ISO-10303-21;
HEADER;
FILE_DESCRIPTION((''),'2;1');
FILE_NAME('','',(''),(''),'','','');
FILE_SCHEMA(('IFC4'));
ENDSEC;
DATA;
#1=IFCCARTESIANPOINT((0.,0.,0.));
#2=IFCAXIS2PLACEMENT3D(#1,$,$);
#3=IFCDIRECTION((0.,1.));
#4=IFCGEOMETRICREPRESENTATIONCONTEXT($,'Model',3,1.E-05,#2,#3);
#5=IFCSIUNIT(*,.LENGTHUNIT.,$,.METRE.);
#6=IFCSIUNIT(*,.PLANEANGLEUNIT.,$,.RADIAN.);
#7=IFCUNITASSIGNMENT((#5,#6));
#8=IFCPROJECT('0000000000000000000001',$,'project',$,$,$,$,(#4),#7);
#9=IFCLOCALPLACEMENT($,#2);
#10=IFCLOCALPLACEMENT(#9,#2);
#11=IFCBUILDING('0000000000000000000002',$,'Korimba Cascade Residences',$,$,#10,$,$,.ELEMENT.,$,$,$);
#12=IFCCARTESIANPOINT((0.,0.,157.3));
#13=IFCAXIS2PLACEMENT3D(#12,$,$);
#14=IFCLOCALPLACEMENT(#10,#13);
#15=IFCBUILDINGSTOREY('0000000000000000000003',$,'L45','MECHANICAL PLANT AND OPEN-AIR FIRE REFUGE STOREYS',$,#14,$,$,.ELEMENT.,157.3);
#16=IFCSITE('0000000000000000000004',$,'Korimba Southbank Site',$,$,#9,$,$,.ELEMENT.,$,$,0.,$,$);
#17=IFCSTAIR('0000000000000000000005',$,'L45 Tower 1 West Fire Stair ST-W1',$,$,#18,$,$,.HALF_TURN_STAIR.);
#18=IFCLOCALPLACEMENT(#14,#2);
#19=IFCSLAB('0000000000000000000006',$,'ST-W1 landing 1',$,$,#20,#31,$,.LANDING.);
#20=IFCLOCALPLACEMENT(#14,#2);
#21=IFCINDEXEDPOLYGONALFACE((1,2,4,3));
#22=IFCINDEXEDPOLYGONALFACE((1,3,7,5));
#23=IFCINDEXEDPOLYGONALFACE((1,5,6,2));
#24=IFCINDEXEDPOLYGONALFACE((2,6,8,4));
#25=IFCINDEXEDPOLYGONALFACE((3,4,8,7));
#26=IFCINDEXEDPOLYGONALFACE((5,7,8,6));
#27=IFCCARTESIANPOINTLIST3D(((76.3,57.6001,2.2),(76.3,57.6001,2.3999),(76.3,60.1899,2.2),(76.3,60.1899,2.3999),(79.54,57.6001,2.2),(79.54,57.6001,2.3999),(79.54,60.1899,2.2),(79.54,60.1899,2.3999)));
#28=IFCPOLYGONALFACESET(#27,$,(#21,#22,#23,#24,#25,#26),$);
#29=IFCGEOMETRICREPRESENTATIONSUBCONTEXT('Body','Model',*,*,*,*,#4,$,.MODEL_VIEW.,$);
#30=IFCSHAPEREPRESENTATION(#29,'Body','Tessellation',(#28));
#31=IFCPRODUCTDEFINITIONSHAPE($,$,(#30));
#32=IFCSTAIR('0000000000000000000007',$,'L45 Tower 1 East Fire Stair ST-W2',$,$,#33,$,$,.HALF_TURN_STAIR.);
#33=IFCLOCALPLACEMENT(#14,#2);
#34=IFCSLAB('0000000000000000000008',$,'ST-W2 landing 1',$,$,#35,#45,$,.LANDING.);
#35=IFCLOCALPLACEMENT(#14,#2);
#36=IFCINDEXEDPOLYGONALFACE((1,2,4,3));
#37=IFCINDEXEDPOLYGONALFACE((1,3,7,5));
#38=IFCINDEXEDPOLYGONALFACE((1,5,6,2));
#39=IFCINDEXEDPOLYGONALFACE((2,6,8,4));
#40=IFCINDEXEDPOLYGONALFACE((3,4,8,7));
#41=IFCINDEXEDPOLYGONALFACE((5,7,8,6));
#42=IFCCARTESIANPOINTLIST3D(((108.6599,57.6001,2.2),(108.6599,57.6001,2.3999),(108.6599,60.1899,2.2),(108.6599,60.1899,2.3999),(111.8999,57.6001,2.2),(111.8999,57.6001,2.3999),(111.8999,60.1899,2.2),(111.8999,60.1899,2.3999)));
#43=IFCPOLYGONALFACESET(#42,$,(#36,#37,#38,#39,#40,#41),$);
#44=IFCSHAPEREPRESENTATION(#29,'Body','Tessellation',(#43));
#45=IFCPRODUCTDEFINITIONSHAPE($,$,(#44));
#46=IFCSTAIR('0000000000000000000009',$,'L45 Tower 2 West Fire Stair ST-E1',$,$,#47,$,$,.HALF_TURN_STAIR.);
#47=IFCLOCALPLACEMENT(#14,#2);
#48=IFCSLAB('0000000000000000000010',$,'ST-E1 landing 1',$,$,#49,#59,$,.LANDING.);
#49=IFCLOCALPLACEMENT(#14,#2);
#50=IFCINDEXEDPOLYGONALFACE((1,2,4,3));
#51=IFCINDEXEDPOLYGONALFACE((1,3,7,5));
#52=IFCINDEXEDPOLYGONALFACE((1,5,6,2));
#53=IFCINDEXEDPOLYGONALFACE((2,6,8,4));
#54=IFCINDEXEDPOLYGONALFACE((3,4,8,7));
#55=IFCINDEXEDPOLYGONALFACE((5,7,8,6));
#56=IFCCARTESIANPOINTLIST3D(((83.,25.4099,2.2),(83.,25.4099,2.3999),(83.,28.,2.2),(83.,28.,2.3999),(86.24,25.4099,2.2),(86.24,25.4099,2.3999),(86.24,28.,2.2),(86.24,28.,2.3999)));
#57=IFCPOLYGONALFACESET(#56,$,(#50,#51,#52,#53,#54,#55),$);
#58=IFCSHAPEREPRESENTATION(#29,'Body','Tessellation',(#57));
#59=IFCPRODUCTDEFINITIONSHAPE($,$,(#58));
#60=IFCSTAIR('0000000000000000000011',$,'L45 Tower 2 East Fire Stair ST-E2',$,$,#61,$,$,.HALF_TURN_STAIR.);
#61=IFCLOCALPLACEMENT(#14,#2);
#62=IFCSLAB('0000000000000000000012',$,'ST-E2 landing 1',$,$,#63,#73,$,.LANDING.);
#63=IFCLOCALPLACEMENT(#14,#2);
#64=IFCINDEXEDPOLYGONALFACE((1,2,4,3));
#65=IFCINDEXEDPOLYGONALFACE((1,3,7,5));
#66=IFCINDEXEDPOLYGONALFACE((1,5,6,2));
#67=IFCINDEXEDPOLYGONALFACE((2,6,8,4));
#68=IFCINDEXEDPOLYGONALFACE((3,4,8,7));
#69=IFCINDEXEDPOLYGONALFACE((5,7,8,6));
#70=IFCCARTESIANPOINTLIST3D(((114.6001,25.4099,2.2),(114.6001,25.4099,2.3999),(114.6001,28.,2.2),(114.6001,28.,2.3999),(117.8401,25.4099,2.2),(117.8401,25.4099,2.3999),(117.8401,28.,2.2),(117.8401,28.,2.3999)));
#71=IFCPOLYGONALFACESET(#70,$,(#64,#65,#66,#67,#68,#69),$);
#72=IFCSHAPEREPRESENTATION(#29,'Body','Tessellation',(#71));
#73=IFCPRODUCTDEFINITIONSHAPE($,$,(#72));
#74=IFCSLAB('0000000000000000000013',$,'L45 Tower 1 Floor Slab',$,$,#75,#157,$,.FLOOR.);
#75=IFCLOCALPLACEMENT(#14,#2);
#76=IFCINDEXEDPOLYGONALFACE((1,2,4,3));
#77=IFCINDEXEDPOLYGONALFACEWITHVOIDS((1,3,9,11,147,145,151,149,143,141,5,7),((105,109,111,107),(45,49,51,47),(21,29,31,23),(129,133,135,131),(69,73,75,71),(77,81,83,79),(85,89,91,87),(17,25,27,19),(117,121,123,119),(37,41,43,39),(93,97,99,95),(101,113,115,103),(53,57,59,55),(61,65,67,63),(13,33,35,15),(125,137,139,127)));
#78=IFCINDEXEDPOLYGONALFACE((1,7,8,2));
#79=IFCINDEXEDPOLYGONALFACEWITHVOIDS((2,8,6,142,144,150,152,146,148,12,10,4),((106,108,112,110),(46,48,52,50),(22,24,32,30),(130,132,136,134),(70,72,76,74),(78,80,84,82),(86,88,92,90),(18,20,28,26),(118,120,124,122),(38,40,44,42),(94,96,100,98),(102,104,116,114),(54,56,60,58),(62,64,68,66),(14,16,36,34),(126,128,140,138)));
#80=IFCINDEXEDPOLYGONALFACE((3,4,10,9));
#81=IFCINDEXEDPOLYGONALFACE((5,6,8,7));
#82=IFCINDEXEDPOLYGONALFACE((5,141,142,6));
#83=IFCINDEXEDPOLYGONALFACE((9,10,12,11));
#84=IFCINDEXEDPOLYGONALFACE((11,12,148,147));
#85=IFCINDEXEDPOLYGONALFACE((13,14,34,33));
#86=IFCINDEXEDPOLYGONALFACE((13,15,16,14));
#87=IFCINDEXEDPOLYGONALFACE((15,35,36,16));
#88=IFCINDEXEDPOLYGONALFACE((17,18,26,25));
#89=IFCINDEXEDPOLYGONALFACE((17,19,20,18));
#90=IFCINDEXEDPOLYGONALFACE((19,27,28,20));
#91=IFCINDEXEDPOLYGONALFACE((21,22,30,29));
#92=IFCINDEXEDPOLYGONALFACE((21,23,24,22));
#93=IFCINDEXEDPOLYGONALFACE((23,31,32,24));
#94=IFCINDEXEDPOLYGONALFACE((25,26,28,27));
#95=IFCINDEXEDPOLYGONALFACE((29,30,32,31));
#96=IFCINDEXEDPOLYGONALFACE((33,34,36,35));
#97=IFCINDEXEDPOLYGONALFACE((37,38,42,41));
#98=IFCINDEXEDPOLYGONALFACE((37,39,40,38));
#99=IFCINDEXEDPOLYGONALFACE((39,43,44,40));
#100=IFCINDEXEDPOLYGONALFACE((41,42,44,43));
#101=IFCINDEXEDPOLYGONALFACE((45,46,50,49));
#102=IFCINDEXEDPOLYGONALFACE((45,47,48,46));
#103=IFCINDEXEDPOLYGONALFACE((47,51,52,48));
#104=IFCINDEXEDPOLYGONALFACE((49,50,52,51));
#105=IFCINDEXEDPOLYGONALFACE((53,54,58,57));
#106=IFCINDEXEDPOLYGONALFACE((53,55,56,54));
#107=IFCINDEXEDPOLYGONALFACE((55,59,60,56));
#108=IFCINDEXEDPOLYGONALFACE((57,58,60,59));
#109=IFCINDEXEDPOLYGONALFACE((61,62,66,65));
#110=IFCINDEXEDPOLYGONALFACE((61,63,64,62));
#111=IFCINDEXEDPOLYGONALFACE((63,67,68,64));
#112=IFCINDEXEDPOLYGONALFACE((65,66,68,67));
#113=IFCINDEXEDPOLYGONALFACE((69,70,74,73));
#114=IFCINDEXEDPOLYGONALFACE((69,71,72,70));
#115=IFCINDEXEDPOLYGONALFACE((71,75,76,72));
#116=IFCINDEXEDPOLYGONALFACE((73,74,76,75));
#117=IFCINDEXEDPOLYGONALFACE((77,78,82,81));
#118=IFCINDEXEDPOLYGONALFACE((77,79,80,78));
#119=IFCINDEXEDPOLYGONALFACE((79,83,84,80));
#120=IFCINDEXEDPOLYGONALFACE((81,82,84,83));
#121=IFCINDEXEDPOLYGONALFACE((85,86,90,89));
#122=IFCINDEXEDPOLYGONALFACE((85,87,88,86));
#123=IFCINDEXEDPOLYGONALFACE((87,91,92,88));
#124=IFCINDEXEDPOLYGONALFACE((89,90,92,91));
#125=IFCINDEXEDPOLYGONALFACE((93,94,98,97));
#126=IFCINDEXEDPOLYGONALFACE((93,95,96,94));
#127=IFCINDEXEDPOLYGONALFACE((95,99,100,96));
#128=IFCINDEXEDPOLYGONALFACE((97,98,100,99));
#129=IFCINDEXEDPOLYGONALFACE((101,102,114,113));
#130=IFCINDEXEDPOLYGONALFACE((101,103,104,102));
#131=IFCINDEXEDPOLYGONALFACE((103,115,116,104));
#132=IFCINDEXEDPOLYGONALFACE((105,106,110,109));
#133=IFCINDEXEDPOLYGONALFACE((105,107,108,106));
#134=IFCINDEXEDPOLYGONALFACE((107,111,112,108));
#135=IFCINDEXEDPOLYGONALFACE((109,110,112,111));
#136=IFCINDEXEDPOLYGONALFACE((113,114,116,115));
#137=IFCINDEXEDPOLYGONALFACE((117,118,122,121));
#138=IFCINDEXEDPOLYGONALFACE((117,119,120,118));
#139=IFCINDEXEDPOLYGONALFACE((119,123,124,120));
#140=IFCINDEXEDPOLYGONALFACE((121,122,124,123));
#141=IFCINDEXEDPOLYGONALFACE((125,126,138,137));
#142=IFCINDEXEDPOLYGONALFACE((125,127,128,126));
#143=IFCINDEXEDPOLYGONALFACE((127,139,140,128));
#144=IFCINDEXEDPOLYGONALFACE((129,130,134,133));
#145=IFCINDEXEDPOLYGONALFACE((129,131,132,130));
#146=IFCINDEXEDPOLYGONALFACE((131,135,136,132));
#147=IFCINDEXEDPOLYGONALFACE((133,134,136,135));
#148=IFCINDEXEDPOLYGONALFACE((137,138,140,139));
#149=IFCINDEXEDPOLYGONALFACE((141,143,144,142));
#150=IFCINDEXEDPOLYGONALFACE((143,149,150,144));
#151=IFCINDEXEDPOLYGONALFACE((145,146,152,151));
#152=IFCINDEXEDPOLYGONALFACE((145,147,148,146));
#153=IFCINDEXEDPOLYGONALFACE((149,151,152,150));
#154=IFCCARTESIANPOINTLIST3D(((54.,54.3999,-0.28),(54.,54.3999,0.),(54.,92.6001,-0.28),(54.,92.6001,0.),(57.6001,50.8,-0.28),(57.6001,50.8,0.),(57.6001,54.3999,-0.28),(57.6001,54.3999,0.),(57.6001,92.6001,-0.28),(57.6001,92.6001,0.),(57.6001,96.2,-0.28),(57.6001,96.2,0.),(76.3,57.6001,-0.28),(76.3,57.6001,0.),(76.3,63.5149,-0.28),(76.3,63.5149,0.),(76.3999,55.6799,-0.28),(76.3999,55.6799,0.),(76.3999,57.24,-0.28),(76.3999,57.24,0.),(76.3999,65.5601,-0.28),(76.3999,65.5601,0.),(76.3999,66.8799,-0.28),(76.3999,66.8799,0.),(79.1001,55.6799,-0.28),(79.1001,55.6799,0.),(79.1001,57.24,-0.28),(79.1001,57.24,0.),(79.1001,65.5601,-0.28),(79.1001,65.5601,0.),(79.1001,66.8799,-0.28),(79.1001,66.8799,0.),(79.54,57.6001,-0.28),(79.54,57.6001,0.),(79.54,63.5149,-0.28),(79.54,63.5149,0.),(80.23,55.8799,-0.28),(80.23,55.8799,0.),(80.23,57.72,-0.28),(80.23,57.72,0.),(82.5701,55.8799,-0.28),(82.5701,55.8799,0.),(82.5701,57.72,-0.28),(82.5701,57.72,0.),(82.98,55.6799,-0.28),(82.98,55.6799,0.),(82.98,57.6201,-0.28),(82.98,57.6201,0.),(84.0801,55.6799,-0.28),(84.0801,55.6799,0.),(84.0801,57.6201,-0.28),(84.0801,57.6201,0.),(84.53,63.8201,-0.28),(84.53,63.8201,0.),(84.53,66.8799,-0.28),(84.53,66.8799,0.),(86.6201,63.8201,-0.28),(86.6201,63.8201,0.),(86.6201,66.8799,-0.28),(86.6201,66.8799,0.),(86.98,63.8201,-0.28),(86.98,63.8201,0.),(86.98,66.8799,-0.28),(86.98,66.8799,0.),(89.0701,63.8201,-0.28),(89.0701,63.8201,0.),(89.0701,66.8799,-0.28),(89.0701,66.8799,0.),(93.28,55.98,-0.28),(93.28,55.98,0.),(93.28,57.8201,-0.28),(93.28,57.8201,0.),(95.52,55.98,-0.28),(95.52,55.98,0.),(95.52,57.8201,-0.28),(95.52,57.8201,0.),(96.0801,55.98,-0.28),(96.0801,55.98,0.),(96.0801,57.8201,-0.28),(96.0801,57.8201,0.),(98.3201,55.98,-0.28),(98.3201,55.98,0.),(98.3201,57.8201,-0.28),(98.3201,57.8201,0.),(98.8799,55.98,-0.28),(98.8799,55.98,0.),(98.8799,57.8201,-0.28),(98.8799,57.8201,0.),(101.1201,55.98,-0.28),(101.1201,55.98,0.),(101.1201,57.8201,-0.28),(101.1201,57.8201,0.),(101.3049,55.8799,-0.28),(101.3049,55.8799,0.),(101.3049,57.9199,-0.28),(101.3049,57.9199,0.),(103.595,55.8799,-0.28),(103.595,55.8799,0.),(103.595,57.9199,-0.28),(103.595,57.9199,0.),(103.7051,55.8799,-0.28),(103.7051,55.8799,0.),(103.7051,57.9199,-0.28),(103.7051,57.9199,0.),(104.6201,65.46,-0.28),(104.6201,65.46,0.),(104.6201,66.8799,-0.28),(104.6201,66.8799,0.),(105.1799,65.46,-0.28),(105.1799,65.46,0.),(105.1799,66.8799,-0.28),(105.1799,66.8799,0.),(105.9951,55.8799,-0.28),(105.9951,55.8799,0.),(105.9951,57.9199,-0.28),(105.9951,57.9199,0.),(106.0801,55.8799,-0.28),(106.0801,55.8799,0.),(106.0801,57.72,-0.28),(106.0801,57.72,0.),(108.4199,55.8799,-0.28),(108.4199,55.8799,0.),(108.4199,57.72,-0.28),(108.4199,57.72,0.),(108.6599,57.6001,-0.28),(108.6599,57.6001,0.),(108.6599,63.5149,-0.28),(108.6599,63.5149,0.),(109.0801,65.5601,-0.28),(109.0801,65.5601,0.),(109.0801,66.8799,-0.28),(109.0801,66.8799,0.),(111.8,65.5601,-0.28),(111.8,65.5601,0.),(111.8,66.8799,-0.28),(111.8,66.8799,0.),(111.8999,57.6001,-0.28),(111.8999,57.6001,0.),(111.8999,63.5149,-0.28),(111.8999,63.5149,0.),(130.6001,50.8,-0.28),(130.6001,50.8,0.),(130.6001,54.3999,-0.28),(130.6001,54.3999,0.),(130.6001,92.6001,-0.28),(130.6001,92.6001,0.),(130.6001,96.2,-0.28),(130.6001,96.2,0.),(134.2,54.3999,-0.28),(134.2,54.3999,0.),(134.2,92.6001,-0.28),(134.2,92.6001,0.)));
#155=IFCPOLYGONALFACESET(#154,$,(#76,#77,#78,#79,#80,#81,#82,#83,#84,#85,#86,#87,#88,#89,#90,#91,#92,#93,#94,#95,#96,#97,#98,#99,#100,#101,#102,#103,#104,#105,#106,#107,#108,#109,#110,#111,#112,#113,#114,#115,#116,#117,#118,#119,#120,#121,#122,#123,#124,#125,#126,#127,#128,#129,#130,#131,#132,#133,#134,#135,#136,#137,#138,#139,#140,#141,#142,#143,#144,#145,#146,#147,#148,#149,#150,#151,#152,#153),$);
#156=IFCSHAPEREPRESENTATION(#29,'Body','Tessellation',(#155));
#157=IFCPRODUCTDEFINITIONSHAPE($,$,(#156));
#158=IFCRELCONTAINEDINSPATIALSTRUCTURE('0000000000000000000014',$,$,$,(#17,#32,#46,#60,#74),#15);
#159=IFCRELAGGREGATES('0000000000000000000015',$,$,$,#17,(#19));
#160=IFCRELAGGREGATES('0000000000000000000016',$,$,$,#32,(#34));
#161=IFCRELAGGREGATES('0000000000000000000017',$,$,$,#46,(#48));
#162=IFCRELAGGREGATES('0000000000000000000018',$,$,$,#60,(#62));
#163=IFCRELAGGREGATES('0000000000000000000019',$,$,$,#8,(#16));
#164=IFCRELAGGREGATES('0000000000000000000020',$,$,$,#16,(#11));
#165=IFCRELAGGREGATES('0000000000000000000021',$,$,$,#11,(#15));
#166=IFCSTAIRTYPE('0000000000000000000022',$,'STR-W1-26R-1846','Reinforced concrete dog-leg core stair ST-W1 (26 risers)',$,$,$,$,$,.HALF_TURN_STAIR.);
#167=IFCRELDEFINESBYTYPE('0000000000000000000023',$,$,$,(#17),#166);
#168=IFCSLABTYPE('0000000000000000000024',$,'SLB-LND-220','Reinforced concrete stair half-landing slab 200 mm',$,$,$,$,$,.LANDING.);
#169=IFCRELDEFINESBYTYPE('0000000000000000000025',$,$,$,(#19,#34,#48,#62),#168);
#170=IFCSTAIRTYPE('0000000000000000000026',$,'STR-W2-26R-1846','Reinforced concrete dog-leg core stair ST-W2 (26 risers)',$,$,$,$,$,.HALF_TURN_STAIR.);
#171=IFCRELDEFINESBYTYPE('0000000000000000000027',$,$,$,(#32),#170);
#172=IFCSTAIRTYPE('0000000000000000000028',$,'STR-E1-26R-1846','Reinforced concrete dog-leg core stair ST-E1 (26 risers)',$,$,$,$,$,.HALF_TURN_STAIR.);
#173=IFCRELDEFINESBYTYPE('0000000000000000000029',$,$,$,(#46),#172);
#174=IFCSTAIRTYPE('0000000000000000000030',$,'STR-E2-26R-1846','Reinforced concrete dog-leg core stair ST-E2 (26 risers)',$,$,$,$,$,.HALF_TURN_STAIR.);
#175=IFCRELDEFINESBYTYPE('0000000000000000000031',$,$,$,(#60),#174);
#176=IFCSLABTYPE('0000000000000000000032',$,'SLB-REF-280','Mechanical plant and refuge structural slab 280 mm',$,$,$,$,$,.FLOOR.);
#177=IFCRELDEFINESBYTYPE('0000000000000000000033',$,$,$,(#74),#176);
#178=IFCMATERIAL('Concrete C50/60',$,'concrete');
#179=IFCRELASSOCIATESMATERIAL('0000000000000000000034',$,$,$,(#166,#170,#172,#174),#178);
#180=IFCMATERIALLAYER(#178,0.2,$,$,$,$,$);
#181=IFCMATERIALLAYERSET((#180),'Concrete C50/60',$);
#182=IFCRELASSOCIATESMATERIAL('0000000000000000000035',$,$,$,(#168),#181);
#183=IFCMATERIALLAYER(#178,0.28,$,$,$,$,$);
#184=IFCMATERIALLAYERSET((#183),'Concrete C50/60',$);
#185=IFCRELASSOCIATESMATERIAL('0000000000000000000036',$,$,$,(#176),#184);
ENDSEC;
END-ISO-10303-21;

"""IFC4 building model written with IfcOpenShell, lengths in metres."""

from ifc_helpers import new_model, si_unit, direction, frame, origin, place, context, subcontext, project, spatial, polyline, outline, extrude, material, layer, layer_set, type_object, element, aggregate, save


model = new_model("IFC4")

# Units and contexts
model_context = context("Model", 3, precision=1e-05, world=origin(), true_north=direction((0.0, 1.0)))
body_context = subcontext(model_context, "Body", "Model", "MODEL_VIEW")
ifc_project = project(units=[si_unit("LENGTHUNIT", "METRE"), si_unit("PLANEANGLEUNIT", "RADIAN")], contexts=[model_context])

# Site, building, storey
site_placement = place(None, origin())
site = spatial("IfcSite", under=ifc_project, at=site_placement, Name="Korimba Southbank Site", CompositionType="ELEMENT", RefElevation=0.0)
building_placement = place(site_placement, origin())
building = spatial("IfcBuilding", under=site, at=building_placement, Name="Korimba Cascade Residences", CompositionType="ELEMENT")
storey_placement = place(building_placement, frame((0.0, 0.0, 157.3)))
storey = spatial("IfcBuildingStorey", under=building, at=storey_placement, Name="L45", Description="MECHANICAL PLANT AND OPEN-AIR FIRE REFUGE STOREYS", CompositionType="ELEMENT", Elevation=157.3)

# Stairs, slabs
ifc_material_1 = material(Name="Concrete C50/60", Category="concrete")
stair_type_1 = type_object("IfcStairType", Name="STR-W1-26R-1846", Description="Reinforced concrete dog-leg core stair ST-W1 (26 risers)", PredefinedType="HALF_TURN_STAIR", material=ifc_material_1)
stair_1_placement = place(storey_placement, origin())
stair_1 = element("IfcStair", 1, at=stair_1_placement, inside=storey, type_object=stair_type_1, Name="L45 Tower 1 West Fire Stair ST-W1", PredefinedType="HALF_TURN_STAIR")
ifc_layer_1 = layer(ifc_material_1, 0.2)
ifc_layer_set_1 = layer_set([ifc_layer_1], Name="Concrete C50/60")
slab_type_1 = type_object("IfcSlabType", Name="SLB-LND-220", Description="Reinforced concrete stair half-landing slab 200 mm", PredefinedType="LANDING", material=ifc_layer_set_1)
slab_1_placement = place(storey_placement, frame((0.0, 0.0, 2.2)))
slab_1 = element("IfcSlab", 2, at=slab_1_placement, type_object=slab_type_1, Name="ST-W1 landing 1", PredefinedType="LANDING", context=body_context, shape_type="SweptSolid", body=[
    extrude(outline(polyline([(76.3, 60.1899), (76.3, 57.6001), (79.54, 57.6001), (79.54, 60.1899), (76.3, 60.1899)])), origin(), (0.0, 0.0, 1.0), 0.2),
])
aggregate(stair_1, [slab_1])
stair_type_2 = type_object("IfcStairType", Name="STR-W2-26R-1846", Description="Reinforced concrete dog-leg core stair ST-W2 (26 risers)", PredefinedType="HALF_TURN_STAIR", material=ifc_material_1)
stair_2_placement = place(storey_placement, origin())
stair_2 = element("IfcStair", 3, at=stair_2_placement, inside=storey, type_object=stair_type_2, Name="L45 Tower 1 East Fire Stair ST-W2", PredefinedType="HALF_TURN_STAIR")
slab_2_placement = place(storey_placement, frame((0.0, 0.0, 2.2)))
slab_2 = element("IfcSlab", 4, at=slab_2_placement, type_object=slab_type_1, Name="ST-W2 landing 1", PredefinedType="LANDING", context=body_context, shape_type="SweptSolid", body=[
    extrude(outline(polyline([(108.6599, 60.1899), (108.6599, 57.6001), (111.8999, 57.6001), (111.8999, 60.1899), (108.6599, 60.1899)])), origin(), (0.0, 0.0, 1.0), 0.2),
])
aggregate(stair_2, [slab_2])
stair_type_3 = type_object("IfcStairType", Name="STR-E1-26R-1846", Description="Reinforced concrete dog-leg core stair ST-E1 (26 risers)", PredefinedType="HALF_TURN_STAIR", material=ifc_material_1)
stair_3_placement = place(storey_placement, origin())
stair_3 = element("IfcStair", 5, at=stair_3_placement, inside=storey, type_object=stair_type_3, Name="L45 Tower 2 West Fire Stair ST-E1", PredefinedType="HALF_TURN_STAIR")
slab_3_placement = place(storey_placement, frame((0.0, 0.0, 2.2)))
slab_3 = element("IfcSlab", 6, at=slab_3_placement, type_object=slab_type_1, Name="ST-E1 landing 1", PredefinedType="LANDING", context=body_context, shape_type="SweptSolid", body=[
    extrude(outline(polyline([(86.24, 25.4099), (86.24, 28.0), (83.0, 28.0), (83.0, 25.4099), (86.24, 25.4099)])), origin(), (0.0, 0.0, 1.0), 0.2),
])
aggregate(stair_3, [slab_3])
stair_type_4 = type_object("IfcStairType", Name="STR-E2-26R-1846", Description="Reinforced concrete dog-leg core stair ST-E2 (26 risers)", PredefinedType="HALF_TURN_STAIR", material=ifc_material_1)
stair_4_placement = place(storey_placement, origin())
stair_4 = element("IfcStair", 7, at=stair_4_placement, inside=storey, type_object=stair_type_4, Name="L45 Tower 2 East Fire Stair ST-E2", PredefinedType="HALF_TURN_STAIR")
slab_4_placement = place(storey_placement, frame((0.0, 0.0, 2.2)))
slab_4 = element("IfcSlab", 8, at=slab_4_placement, type_object=slab_type_1, Name="ST-E2 landing 1", PredefinedType="LANDING", context=body_context, shape_type="SweptSolid", body=[
    extrude(outline(polyline([(117.8401, 25.4099), (117.8401, 28.0), (114.6001, 28.0), (114.6001, 25.4099), (117.8401, 25.4099)])), origin(), (0.0, 0.0, 1.0), 0.2),
])
aggregate(stair_4, [slab_4])

# Slab
ifc_layer_2 = layer(ifc_material_1, 0.28)
ifc_layer_set_2 = layer_set([ifc_layer_2], Name="Concrete C50/60")
slab_type_2 = type_object("IfcSlabType", Name="SLB-REF-280", Description="Mechanical plant and refuge structural slab 280 mm", PredefinedType="FLOOR", material=ifc_layer_set_2)
slab_5_placement = place(storey_placement, frame((0.0, 0.0, -0.28)))
element("IfcSlab", 9, at=slab_5_placement, inside=storey, type_object=slab_type_2, Name="L45 Tower 1 Floor Slab", PredefinedType="FLOOR", context=body_context, shape_type="SweptSolid", body=[
    extrude(outline(polyline([(57.6001, 50.8), (130.6001, 50.8), (130.6001, 54.3999), (134.2, 54.3999), (134.2, 92.6001), (130.6001, 92.6001), (130.6001, 96.2), (57.6001, 96.2), (57.6001, 92.6001), (54.0, 92.6001), (54.0, 54.3999), (57.6001, 54.3999), (57.6001, 50.8)]), holes=[polyline([(76.3, 63.5149), (76.3, 57.6001), (79.54, 57.6001), (79.54, 63.5149), (76.3, 63.5149)]), polyline([(108.6599, 63.5149), (108.6599, 57.6001), (111.8999, 57.6001), (111.8999, 63.5149), (108.6599, 63.5149)]), polyline([(80.23, 55.8799), (82.5701, 55.8799), (82.5701, 57.72), (80.23, 57.72), (80.23, 55.8799)]), polyline([(106.0801, 55.8799), (108.4199, 55.8799), (108.4199, 57.72), (106.0801, 57.72), (106.0801, 55.8799)]), polyline([(93.28, 55.98), (95.52, 55.98), (95.52, 57.8201), (93.28, 57.8201), (93.28, 55.98)]), polyline([(96.0801, 55.98), (98.3201, 55.98), (98.3201, 57.8201), (96.0801, 57.8201), (96.0801, 55.98)]), polyline([(98.8799, 55.98), (101.1201, 55.98), (101.1201, 57.8201), (98.8799, 57.8201), (98.8799, 55.98)]), polyline([(101.3049, 55.8799), (103.595, 55.8799), (103.595, 57.9199), (101.3049, 57.9199), (101.3049, 55.8799)]), polyline([(103.7051, 55.8799), (105.9951, 55.8799), (105.9951, 57.9199), (103.7051, 57.9199), (103.7051, 55.8799)]), polyline([(82.98, 55.6799), (84.0801, 55.6799), (84.0801, 57.6201), (82.98, 57.6201), (82.98, 55.6799)]), polyline([(76.3999, 65.5601), (79.1001, 65.5601), (79.1001, 66.8799), (76.3999, 66.8799), (76.3999, 65.5601)]), polyline([(76.3999, 55.6799), (79.1001, 55.6799), (79.1001, 57.24), (76.3999, 57.24), (76.3999, 55.6799)]), polyline([(84.53, 63.8201), (86.6201, 63.8201), (86.6201, 66.8799), (84.53, 66.8799), (84.53, 63.8201)]), polyline([(86.98, 63.8201), (89.0701, 63.8201), (89.0701, 66.8799), (86.98, 66.8799), (86.98, 63.8201)]), polyline([(104.6201, 65.46), (105.1799, 65.46), (105.1799, 66.8799), (104.6201, 66.8799), (104.6201, 65.46)]), polyline([(109.0801, 65.5601), (111.8, 65.5601), (111.8, 66.8799), (109.0801, 66.8799), (109.0801, 65.5601)])]), origin(), (0.0, 0.0, 1.0), 0.28),
])

save(model, "model.ifc")
